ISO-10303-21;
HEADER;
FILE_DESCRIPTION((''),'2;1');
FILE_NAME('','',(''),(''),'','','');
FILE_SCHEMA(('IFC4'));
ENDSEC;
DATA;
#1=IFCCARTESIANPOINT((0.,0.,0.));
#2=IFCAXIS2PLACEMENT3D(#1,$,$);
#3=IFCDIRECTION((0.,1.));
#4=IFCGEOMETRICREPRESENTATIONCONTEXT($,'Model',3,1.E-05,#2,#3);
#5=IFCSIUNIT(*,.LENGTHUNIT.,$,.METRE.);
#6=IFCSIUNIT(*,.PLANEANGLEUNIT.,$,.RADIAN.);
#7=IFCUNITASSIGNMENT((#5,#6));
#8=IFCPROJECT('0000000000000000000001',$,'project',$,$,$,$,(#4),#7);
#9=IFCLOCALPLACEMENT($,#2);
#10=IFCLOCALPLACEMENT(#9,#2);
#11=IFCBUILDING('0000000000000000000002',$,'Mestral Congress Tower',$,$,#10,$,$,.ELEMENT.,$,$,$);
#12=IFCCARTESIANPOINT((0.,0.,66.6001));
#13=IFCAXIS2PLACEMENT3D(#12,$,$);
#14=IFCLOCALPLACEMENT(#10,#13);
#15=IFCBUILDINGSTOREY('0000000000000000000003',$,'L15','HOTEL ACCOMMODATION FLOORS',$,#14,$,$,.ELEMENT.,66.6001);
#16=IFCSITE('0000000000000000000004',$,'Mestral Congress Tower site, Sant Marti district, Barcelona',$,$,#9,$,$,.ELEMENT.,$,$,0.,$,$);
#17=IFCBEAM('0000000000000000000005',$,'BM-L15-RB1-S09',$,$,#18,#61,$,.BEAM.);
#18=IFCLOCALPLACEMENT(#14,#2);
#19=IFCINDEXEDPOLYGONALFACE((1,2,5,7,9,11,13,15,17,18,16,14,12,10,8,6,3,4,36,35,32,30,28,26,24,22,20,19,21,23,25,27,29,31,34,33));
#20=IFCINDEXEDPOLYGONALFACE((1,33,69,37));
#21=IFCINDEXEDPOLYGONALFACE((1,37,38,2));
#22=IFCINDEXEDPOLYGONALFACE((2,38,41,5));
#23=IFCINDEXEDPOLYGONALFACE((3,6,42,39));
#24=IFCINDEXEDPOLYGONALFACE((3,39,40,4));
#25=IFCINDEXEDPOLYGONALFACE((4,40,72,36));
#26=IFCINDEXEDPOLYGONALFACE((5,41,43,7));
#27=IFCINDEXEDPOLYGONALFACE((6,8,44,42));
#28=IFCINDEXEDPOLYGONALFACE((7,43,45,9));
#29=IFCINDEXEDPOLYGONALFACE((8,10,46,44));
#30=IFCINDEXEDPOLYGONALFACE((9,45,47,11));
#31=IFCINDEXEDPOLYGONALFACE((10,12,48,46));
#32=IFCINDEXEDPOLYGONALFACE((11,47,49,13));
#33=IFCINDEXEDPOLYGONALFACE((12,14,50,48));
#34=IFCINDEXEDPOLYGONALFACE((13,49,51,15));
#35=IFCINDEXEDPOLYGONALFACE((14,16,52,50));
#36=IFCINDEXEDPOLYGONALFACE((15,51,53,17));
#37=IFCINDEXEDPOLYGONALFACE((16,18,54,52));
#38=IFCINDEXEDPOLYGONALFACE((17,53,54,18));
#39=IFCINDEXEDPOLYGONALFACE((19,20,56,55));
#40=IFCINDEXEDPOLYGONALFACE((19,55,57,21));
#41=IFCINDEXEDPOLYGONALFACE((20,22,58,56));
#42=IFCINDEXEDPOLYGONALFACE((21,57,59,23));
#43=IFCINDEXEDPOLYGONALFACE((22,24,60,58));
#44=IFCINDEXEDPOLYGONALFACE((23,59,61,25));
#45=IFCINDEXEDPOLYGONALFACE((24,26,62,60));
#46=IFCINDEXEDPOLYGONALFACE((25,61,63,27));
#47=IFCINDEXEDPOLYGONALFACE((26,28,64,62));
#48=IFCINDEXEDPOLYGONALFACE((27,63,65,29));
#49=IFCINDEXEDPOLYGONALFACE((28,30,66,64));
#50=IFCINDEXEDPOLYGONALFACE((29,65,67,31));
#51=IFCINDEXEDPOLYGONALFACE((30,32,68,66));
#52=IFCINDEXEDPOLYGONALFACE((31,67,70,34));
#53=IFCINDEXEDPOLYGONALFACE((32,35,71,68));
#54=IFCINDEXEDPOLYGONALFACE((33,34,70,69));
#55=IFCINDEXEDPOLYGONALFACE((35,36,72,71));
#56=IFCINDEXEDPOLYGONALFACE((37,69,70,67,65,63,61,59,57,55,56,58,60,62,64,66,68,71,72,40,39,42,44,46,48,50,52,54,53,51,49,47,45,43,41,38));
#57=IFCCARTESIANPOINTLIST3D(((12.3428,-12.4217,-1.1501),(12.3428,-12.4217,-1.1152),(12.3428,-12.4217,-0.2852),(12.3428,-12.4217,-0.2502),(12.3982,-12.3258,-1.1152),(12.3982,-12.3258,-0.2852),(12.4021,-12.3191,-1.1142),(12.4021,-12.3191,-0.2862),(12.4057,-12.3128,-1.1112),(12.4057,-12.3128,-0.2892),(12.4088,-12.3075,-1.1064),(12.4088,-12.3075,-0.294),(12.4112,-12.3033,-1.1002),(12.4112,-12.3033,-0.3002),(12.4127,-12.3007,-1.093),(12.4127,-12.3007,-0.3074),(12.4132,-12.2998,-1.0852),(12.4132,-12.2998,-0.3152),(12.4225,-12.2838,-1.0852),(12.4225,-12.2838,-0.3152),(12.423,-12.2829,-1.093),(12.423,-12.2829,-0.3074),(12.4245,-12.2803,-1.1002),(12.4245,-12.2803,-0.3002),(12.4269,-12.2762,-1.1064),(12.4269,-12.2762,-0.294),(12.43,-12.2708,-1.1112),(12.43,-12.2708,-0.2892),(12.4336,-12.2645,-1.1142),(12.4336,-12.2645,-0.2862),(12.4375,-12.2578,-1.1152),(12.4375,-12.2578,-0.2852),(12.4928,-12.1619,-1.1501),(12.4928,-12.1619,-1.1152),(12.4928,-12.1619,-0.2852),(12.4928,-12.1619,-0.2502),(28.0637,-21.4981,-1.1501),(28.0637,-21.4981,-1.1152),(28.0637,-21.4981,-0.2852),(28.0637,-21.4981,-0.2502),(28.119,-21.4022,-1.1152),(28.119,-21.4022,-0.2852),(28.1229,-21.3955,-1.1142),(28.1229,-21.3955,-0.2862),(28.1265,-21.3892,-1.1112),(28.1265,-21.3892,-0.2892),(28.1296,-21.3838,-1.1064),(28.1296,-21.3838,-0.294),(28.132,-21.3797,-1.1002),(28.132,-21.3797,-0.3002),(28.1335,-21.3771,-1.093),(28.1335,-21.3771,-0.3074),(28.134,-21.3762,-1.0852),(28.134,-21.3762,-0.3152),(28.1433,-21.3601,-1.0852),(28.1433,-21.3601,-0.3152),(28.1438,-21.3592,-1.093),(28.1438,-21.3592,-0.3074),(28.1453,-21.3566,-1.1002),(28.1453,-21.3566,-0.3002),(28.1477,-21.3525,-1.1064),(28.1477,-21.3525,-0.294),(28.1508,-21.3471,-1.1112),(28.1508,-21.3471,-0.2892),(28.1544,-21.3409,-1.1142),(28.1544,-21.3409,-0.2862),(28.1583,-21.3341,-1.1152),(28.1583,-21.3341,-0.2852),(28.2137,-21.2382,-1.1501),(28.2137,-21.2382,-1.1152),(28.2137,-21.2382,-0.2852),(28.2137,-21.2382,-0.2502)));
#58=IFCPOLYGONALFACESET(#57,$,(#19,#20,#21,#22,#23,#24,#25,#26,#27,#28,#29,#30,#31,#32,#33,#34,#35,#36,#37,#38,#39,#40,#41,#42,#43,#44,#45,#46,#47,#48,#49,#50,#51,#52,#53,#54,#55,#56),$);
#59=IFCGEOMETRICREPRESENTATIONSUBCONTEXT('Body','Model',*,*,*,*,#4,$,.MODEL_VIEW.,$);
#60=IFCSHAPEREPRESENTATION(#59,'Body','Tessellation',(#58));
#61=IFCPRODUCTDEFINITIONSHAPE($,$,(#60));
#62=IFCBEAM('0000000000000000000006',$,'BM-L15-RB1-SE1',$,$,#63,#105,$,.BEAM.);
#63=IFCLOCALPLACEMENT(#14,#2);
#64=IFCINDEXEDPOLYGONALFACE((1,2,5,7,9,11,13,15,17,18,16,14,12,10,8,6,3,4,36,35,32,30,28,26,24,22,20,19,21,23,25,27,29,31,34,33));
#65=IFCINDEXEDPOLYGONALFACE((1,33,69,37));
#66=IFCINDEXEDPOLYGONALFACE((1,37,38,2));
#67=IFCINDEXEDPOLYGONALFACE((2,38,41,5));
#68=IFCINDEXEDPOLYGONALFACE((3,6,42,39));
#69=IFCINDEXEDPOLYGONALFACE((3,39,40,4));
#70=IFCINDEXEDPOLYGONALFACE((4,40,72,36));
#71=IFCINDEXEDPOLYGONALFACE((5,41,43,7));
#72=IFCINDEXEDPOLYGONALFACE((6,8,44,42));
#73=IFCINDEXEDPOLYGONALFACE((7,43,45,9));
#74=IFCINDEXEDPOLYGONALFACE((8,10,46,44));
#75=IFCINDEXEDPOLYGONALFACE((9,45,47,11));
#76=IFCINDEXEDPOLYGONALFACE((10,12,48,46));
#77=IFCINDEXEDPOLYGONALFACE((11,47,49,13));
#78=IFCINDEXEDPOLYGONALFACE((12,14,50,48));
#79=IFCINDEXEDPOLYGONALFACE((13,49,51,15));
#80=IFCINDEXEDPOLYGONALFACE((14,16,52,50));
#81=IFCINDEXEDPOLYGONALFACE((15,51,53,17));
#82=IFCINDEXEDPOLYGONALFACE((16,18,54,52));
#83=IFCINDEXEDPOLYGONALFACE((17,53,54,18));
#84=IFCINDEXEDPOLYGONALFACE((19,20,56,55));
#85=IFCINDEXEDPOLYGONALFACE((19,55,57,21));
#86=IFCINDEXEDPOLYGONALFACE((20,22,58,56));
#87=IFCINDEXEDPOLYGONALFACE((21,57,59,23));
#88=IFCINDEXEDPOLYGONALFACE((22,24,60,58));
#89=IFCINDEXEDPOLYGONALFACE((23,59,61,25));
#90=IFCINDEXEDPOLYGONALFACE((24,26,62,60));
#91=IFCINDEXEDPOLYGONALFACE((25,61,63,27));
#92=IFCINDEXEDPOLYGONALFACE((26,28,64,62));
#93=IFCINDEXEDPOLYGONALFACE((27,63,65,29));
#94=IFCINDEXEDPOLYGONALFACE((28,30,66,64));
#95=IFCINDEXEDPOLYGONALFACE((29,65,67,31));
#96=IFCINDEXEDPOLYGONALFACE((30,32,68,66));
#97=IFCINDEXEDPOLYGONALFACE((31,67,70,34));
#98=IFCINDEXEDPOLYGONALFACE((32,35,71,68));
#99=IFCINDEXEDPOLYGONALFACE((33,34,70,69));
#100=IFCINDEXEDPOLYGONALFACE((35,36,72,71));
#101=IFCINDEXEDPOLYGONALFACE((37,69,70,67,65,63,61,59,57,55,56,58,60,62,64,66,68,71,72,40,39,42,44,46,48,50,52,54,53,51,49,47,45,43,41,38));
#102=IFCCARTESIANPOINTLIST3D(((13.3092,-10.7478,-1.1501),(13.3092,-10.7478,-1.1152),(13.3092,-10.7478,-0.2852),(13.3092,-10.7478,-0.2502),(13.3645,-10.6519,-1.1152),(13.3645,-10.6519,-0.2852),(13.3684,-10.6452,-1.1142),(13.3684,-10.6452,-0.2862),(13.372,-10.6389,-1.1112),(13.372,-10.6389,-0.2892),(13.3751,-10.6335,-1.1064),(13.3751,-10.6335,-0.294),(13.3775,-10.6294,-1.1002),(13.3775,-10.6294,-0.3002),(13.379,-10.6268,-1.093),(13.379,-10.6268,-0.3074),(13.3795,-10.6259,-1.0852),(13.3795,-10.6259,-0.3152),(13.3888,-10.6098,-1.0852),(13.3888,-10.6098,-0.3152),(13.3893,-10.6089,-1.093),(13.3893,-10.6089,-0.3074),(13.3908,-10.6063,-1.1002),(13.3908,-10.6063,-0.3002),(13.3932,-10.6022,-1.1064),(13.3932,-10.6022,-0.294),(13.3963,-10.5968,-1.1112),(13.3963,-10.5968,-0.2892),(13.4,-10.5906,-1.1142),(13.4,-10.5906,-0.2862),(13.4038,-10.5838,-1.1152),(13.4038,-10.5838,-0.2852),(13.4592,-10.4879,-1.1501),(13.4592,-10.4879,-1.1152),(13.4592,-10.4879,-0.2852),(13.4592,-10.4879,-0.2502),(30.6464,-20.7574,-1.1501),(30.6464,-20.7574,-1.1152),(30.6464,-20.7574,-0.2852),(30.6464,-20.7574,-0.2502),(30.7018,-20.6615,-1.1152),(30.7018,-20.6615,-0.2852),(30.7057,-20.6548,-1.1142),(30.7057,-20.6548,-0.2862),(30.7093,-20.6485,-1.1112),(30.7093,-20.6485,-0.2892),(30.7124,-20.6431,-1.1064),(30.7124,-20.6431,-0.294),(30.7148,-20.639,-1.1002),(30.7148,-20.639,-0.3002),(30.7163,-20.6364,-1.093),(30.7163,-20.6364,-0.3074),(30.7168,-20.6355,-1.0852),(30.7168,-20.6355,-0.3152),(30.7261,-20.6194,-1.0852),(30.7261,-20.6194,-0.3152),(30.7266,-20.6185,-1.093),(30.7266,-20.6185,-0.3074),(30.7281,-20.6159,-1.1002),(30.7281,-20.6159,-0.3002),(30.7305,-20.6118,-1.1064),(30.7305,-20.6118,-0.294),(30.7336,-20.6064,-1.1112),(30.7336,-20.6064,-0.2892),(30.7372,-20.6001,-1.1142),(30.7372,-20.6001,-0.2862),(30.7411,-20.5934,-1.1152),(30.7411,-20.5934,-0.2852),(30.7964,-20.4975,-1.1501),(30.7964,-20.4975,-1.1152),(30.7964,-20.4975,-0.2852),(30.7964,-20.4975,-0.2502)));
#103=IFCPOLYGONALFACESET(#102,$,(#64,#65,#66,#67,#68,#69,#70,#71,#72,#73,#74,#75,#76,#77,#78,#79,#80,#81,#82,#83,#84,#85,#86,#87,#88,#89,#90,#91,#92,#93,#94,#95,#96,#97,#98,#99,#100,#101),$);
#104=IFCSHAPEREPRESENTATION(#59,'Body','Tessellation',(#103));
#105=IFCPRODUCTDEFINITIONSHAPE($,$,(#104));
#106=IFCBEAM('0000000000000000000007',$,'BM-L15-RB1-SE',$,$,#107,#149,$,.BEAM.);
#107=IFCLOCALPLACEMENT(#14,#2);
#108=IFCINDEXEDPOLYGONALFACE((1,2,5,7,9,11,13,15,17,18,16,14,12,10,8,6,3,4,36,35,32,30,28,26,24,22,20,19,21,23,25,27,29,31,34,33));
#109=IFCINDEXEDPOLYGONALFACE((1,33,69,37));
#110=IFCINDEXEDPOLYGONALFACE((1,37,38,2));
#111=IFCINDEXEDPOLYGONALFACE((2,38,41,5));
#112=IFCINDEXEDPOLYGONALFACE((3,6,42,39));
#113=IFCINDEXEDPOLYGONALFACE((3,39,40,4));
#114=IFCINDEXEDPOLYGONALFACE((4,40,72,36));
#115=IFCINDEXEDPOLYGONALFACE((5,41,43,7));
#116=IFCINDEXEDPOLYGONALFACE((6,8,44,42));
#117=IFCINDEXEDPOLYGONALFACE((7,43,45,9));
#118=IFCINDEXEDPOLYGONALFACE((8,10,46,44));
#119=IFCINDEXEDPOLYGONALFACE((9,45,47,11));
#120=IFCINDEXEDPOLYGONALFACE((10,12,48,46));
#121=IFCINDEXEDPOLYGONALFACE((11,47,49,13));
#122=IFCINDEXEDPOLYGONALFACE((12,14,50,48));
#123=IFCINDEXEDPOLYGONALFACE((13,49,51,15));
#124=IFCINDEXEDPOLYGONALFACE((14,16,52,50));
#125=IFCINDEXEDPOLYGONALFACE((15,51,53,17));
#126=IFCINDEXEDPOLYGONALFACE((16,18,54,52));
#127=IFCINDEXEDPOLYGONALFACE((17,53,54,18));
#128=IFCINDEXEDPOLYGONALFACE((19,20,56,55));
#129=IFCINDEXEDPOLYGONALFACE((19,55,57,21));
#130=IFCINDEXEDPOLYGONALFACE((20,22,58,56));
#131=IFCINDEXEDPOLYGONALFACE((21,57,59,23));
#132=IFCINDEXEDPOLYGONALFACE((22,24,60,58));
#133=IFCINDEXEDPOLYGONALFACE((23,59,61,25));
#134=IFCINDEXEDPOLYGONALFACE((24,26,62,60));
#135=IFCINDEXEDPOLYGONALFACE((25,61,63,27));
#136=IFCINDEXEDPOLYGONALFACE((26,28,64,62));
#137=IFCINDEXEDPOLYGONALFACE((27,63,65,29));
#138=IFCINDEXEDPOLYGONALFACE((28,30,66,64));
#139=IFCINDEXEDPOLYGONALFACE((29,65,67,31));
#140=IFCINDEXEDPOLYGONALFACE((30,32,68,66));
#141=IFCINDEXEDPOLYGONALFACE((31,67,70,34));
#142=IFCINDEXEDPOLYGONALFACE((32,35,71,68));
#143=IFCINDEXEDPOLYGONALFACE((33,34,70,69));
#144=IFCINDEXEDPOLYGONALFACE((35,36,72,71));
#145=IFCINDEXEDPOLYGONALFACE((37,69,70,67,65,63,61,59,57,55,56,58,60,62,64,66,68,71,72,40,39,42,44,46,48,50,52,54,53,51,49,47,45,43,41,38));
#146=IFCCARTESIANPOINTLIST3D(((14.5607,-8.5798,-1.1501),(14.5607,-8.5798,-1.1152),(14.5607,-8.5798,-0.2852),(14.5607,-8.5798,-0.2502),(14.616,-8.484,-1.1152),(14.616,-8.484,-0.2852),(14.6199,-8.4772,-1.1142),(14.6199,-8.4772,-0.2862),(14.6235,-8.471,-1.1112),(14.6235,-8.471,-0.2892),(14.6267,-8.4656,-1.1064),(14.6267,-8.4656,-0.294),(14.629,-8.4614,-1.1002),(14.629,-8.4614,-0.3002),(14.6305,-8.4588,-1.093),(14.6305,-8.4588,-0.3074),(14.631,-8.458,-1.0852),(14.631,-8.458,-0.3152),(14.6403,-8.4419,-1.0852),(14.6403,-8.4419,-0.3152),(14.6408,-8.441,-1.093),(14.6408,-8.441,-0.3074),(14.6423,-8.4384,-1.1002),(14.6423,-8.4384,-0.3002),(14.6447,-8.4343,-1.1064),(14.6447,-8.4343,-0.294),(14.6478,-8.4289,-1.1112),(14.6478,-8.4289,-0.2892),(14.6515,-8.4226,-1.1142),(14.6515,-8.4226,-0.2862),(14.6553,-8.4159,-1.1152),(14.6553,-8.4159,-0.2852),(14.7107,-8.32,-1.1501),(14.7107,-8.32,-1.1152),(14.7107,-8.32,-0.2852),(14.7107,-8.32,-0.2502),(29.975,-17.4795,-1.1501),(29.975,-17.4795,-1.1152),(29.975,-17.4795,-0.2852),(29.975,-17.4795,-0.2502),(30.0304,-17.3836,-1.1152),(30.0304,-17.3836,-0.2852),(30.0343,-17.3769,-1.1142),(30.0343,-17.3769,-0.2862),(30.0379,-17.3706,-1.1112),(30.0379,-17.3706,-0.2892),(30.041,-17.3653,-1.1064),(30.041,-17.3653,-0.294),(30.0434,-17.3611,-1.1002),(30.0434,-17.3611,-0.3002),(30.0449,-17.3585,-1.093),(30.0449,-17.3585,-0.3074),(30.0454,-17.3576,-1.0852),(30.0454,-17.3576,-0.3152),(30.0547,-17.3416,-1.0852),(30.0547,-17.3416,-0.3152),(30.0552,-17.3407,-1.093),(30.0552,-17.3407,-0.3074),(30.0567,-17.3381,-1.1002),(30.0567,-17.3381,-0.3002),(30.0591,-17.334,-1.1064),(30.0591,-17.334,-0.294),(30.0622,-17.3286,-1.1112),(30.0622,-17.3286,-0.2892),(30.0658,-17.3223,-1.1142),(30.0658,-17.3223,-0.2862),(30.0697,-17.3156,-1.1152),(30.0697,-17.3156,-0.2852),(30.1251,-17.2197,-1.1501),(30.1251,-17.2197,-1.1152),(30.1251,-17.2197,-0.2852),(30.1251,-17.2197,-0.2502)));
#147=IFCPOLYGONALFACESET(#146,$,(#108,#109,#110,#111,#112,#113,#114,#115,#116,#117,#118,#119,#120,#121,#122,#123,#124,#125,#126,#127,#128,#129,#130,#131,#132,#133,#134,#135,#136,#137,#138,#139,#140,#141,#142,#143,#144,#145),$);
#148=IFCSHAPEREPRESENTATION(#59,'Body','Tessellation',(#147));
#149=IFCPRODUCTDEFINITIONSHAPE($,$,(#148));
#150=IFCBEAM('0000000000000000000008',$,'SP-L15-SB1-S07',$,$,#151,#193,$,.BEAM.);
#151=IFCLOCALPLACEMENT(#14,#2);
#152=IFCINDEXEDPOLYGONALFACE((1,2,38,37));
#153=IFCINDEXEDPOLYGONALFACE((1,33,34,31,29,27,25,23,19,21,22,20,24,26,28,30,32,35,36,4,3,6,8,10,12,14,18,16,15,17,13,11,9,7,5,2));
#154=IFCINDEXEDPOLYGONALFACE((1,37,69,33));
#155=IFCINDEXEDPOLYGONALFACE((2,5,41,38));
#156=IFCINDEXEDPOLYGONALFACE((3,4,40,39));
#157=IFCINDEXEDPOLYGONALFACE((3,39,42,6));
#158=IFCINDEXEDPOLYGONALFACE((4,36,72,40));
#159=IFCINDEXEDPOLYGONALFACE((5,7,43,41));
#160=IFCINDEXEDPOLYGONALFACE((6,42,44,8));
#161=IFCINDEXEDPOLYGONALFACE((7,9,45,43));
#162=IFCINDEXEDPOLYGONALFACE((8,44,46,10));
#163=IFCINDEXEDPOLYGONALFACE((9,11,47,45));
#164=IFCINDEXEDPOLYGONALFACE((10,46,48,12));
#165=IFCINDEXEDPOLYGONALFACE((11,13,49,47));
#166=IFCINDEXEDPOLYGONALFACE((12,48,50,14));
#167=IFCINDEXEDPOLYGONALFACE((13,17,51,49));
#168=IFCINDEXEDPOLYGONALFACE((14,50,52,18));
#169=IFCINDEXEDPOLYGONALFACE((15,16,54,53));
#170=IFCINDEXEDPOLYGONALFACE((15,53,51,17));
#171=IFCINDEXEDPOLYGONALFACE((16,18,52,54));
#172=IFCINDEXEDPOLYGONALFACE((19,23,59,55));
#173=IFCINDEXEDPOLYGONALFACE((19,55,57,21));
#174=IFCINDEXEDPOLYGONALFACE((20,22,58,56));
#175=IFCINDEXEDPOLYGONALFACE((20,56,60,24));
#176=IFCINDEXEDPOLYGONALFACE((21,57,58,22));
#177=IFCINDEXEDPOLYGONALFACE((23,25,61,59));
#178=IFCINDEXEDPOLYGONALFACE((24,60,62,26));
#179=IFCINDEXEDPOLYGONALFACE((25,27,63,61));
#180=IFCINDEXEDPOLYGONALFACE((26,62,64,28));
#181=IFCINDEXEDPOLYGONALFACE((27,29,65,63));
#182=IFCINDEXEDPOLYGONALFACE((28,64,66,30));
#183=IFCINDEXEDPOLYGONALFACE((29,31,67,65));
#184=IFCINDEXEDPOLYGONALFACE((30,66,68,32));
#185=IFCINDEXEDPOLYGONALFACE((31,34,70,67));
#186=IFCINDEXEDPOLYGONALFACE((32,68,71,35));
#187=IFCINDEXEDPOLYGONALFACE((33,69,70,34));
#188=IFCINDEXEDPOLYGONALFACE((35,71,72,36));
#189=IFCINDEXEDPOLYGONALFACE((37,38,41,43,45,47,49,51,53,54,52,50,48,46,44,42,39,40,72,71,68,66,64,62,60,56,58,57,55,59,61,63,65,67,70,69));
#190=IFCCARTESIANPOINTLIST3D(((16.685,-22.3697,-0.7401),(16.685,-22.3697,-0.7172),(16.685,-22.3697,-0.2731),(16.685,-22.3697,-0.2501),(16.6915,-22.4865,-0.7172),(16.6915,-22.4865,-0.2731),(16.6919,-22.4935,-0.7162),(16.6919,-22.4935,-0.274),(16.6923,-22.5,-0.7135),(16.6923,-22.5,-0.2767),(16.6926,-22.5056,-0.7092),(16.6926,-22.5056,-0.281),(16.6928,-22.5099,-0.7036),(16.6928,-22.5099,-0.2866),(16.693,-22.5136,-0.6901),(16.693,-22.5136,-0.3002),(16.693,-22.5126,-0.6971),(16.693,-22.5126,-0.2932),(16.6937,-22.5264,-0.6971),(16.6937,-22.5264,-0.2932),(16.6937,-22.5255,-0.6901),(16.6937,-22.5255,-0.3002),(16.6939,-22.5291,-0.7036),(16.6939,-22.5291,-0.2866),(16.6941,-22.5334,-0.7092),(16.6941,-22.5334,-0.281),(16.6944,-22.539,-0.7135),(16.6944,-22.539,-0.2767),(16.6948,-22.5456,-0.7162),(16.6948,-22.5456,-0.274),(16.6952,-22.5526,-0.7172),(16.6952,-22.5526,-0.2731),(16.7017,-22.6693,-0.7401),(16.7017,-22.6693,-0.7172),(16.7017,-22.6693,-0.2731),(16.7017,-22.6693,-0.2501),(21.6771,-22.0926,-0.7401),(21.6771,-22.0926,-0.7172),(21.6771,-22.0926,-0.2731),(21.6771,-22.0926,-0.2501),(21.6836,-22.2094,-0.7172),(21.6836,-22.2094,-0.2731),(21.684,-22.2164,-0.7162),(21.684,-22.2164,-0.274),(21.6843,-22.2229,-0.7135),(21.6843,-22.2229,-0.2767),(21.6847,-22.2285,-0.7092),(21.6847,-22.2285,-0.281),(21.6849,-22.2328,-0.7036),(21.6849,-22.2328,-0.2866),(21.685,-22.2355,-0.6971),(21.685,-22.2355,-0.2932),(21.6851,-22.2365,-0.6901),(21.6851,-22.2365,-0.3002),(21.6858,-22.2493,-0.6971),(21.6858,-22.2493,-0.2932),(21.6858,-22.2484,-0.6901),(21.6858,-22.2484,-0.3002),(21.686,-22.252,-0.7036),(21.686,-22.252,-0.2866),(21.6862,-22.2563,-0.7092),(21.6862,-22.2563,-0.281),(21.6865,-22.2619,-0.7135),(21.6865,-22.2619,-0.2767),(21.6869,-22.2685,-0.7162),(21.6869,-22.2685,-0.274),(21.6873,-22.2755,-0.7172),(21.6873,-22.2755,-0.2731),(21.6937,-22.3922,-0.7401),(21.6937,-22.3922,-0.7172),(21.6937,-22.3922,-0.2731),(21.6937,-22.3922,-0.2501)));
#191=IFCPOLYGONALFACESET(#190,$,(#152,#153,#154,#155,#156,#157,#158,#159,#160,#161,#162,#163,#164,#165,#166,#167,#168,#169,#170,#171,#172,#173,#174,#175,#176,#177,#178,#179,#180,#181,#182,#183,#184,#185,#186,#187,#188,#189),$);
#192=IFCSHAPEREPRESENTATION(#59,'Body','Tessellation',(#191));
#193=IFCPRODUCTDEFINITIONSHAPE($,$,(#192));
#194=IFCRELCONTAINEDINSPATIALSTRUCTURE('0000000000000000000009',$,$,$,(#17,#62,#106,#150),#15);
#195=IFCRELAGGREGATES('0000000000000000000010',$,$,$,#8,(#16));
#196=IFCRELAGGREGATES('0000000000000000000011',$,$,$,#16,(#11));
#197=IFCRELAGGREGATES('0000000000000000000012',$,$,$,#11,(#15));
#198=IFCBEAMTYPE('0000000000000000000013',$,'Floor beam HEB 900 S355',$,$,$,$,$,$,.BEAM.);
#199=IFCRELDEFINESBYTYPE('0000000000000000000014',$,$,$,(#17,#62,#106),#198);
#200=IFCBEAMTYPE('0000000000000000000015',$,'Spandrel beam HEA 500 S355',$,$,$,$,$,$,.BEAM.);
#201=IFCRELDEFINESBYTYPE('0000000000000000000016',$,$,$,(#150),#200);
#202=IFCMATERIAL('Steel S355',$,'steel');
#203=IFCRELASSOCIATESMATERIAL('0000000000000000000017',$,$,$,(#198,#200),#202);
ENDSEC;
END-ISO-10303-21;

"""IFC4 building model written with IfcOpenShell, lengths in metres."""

from ifc_helpers import new_model, si_unit, direction, frame, origin, origin_2d, place, context, subcontext, project, spatial, i_section, extrude, material, material_profile, profile_set, type_object, element, save


model = new_model("IFC4")

# Units and contexts
model_context = context("Model", 3, precision=1e-05, world=origin(), true_north=direction((0.0, 1.0)))
body_context = subcontext(model_context, "Body", "Model", "MODEL_VIEW")
ifc_project = project(units=[si_unit("LENGTHUNIT", "METRE"), si_unit("PLANEANGLEUNIT", "RADIAN")], contexts=[model_context])

# Site, building, storey
site_placement = place(None, origin())
site = spatial("IfcSite", under=ifc_project, at=site_placement, Name="Mestral Congress Tower site, Sant Marti district, Barcelona", CompositionType="ELEMENT", RefElevation=0.0)
building_placement = place(site_placement, origin())
building = spatial("IfcBuilding", under=site, at=building_placement, Name="Mestral Congress Tower", CompositionType="ELEMENT")
storey_placement = place(building_placement, frame((0.0, 0.0, 66.6001)))
storey = spatial("IfcBuildingStorey", under=building, at=storey_placement, Name="L15", Description="HOTEL ACCOMMODATION FLOORS", CompositionType="ELEMENT", Elevation=66.6001)

# Beams
ifc_material_1 = material(Name="Steel S355", Category="steel")
ifc_material_profile_1 = material_profile(ifc_material_1, i_section(OverallWidth=0.3, OverallDepth=0.8999, WebThickness=0.0186, FlangeThickness=0.0349, FilletRadius=0.03, at=origin_2d()), Name="HEB 900")
ifc_profile_set_1 = profile_set([ifc_material_profile_1], Name="Steel S355")
beam_type_1 = type_object("IfcBeamType", Name="Floor beam HEB 900 S355", PredefinedType="BEAM", material=ifc_profile_set_1)
beam_1_placement = place(storey_placement, frame((28.1387, -21.3682, -0.7002), z_axis=(-0.866027, 0.499997, 0.0), x_axis=(-0.499997, -0.866027, 0.0)))
element("IfcBeam", 1, at=beam_1_placement, inside=storey, type_object=beam_type_1, Name="BM-L15-RB1-S09", PredefinedType="BEAM", context=body_context, shape_type="SweptSolid", body=[
    extrude(i_section(OverallWidth=0.3, OverallDepth=0.8999, WebThickness=0.0186, FlangeThickness=0.0349, FilletRadius=0.03, at=origin_2d()), origin(), (0.0, 0.0, 1.0), 18.1528),
])
beam_2_placement = place(storey_placement, frame((30.7214, -20.6274, -0.7002), z_axis=(-0.866027, 0.499997, 0.0), x_axis=(-0.499997, -0.866027, 0.0)))
element("IfcBeam", 2, at=beam_2_placement, inside=storey, type_object=beam_type_1, Name="BM-L15-RB1-SE1", PredefinedType="BEAM", context=body_context, shape_type="SweptSolid", body=[
    extrude(i_section(OverallWidth=0.3, OverallDepth=0.8999, WebThickness=0.0186, FlangeThickness=0.0349, FilletRadius=0.03, at=origin_2d()), origin(), (0.0, 0.0, 1.0), 20.0193),
])
beam_3_placement = place(storey_placement, frame((30.05, -17.3496, -0.7002), z_axis=(-0.86602, 0.500009, 0.0), x_axis=(-0.500009, -0.86602, 0.0)))
element("IfcBeam", 3, at=beam_3_placement, inside=storey, type_object=beam_type_1, Name="BM-L15-RB1-SE", PredefinedType="BEAM", context=body_context, shape_type="SweptSolid", body=[
    extrude(i_section(OverallWidth=0.3, OverallDepth=0.8999, WebThickness=0.0186, FlangeThickness=0.0349, FilletRadius=0.03, at=origin_2d()), origin(), (0.0, 0.0, 1.0), 17.7991),
])
ifc_material_profile_2 = material_profile(ifc_material_1, i_section(OverallWidth=0.3, OverallDepth=0.49, WebThickness=0.012, FlangeThickness=0.0229, FilletRadius=0.0271, at=origin_2d()), Name="HEA 500")
ifc_profile_set_2 = profile_set([ifc_material_profile_2], Name="Steel S355")
beam_type_2 = type_object("IfcBeamType", Name="Spandrel beam HEA 500 S355", PredefinedType="BEAM", material=ifc_profile_set_2)
beam_4_placement = place(storey_placement, frame((16.6934, -22.5195, -0.4951), z_axis=(0.998463, 0.055421, 0.0), x_axis=(-0.055421, 0.998463, 0.0)))
element("IfcBeam", 4, at=beam_4_placement, inside=storey, type_object=beam_type_2, Name="SP-L15-SB1-S07", PredefinedType="BEAM", context=body_context, shape_type="SweptSolid", body=[
    extrude(i_section(OverallWidth=0.3, OverallDepth=0.49, WebThickness=0.012, FlangeThickness=0.0229, FilletRadius=0.0271, at=origin_2d()), origin(), (0.0, 0.0, 1.0), 4.9998),
])

save(model, "model.ifc")
